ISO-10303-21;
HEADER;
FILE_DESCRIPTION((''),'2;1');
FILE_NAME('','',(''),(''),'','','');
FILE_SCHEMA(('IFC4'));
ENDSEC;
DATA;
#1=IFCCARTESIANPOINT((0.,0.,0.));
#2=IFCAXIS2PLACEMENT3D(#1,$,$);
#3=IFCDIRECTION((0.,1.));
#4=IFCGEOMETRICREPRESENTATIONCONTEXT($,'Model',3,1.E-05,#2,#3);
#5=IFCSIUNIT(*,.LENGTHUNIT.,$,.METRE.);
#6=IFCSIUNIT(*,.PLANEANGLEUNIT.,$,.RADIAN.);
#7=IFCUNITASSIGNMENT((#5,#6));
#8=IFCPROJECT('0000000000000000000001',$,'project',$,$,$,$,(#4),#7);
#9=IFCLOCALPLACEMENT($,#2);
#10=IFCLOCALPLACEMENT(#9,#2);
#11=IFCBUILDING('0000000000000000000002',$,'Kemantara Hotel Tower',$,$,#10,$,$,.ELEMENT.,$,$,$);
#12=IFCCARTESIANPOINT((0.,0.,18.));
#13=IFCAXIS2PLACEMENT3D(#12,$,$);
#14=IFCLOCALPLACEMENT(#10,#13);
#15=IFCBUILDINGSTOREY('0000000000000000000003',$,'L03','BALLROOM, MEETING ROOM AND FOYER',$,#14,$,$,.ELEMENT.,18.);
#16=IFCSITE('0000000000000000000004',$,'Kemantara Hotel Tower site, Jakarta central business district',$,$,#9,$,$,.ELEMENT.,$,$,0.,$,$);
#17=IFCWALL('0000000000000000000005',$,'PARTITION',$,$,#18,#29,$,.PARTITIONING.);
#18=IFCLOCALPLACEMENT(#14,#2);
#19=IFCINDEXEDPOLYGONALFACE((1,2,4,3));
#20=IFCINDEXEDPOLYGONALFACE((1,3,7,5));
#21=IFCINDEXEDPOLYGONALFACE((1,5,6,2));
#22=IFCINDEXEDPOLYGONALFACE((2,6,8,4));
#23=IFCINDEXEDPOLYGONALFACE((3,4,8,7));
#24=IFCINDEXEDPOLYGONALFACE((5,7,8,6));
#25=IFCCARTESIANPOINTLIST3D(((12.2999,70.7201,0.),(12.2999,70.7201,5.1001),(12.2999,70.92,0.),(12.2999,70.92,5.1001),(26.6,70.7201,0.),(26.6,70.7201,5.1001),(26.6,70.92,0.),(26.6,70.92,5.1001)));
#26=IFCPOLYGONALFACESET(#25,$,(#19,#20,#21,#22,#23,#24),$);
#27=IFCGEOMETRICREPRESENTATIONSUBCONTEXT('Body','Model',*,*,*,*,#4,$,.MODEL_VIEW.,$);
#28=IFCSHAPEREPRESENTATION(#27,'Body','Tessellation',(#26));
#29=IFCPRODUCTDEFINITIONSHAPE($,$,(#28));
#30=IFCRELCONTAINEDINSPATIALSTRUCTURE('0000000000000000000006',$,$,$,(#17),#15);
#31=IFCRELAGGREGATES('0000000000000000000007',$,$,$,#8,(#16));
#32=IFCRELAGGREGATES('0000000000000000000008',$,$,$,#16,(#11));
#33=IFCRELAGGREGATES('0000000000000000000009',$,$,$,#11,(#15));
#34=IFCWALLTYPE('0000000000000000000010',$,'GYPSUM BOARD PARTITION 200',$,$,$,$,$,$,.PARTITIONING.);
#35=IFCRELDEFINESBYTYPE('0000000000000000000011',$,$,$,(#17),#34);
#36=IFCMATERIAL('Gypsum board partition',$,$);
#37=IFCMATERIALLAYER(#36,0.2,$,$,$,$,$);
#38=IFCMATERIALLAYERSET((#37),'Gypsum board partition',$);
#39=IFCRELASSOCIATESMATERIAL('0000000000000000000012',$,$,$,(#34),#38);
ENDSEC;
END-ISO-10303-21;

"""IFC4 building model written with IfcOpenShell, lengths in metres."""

from ifc_helpers import new_model, si_unit, direction, frame, frame_2d, origin, place, context, subcontext, project, spatial, rectangle, extrude, material, layer, layer_set, type_object, element, save


model = new_model("IFC4")

# Units and contexts
model_context = context("Model", 3, precision=1e-05, world=origin(), true_north=direction((0.0, 1.0)))
body_context = subcontext(model_context, "Body", "Model", "MODEL_VIEW")
ifc_project = project(units=[si_unit("LENGTHUNIT", "METRE"), si_unit("PLANEANGLEUNIT", "RADIAN")], contexts=[model_context])

# Site, building, storey
site_placement = place(None, origin())
site = spatial("IfcSite", under=ifc_project, at=site_placement, Name="Kemantara Hotel Tower site, Jakarta central business district", CompositionType="ELEMENT", RefElevation=0.0)
building_placement = place(site_placement, origin())
building = spatial("IfcBuilding", under=site, at=building_placement, Name="Kemantara Hotel Tower", CompositionType="ELEMENT")
storey_placement = place(building_placement, frame((0.0, 0.0, 18.0)))
storey = spatial("IfcBuildingStorey", under=building, at=storey_placement, Name="L03", Description="BALLROOM, MEETING ROOM AND FOYER", CompositionType="ELEMENT", Elevation=18.0)

# Wall
ifc_material_1 = material(Name="Gypsum board partition")
ifc_layer_1 = layer(ifc_material_1, 0.2)
ifc_layer_set_1 = layer_set([ifc_layer_1], Name="Gypsum board partition")
wall_type_1 = type_object("IfcWallType", Name="GYPSUM BOARD PARTITION 200", PredefinedType="PARTITIONING", material=ifc_layer_set_1)
wall_1_placement = place(storey_placement, frame((12.3, 70.8201, 0.0), z_axis=(0.0, 0.0, 1.0), x_axis=(1.0, 0.0, 0.0)))
element("IfcWall", 1, at=wall_1_placement, inside=storey, type_object=wall_type_1, Name="PARTITION", PredefinedType="PARTITIONING", context=body_context, shape_type="SweptSolid", body=[
    extrude(rectangle(XDim=14.3, YDim=0.2, at=frame_2d((7.1499, 0.0))), origin(), (0.0, 0.0, 1.0), 5.1001),
])

save(model, "model.ifc")
